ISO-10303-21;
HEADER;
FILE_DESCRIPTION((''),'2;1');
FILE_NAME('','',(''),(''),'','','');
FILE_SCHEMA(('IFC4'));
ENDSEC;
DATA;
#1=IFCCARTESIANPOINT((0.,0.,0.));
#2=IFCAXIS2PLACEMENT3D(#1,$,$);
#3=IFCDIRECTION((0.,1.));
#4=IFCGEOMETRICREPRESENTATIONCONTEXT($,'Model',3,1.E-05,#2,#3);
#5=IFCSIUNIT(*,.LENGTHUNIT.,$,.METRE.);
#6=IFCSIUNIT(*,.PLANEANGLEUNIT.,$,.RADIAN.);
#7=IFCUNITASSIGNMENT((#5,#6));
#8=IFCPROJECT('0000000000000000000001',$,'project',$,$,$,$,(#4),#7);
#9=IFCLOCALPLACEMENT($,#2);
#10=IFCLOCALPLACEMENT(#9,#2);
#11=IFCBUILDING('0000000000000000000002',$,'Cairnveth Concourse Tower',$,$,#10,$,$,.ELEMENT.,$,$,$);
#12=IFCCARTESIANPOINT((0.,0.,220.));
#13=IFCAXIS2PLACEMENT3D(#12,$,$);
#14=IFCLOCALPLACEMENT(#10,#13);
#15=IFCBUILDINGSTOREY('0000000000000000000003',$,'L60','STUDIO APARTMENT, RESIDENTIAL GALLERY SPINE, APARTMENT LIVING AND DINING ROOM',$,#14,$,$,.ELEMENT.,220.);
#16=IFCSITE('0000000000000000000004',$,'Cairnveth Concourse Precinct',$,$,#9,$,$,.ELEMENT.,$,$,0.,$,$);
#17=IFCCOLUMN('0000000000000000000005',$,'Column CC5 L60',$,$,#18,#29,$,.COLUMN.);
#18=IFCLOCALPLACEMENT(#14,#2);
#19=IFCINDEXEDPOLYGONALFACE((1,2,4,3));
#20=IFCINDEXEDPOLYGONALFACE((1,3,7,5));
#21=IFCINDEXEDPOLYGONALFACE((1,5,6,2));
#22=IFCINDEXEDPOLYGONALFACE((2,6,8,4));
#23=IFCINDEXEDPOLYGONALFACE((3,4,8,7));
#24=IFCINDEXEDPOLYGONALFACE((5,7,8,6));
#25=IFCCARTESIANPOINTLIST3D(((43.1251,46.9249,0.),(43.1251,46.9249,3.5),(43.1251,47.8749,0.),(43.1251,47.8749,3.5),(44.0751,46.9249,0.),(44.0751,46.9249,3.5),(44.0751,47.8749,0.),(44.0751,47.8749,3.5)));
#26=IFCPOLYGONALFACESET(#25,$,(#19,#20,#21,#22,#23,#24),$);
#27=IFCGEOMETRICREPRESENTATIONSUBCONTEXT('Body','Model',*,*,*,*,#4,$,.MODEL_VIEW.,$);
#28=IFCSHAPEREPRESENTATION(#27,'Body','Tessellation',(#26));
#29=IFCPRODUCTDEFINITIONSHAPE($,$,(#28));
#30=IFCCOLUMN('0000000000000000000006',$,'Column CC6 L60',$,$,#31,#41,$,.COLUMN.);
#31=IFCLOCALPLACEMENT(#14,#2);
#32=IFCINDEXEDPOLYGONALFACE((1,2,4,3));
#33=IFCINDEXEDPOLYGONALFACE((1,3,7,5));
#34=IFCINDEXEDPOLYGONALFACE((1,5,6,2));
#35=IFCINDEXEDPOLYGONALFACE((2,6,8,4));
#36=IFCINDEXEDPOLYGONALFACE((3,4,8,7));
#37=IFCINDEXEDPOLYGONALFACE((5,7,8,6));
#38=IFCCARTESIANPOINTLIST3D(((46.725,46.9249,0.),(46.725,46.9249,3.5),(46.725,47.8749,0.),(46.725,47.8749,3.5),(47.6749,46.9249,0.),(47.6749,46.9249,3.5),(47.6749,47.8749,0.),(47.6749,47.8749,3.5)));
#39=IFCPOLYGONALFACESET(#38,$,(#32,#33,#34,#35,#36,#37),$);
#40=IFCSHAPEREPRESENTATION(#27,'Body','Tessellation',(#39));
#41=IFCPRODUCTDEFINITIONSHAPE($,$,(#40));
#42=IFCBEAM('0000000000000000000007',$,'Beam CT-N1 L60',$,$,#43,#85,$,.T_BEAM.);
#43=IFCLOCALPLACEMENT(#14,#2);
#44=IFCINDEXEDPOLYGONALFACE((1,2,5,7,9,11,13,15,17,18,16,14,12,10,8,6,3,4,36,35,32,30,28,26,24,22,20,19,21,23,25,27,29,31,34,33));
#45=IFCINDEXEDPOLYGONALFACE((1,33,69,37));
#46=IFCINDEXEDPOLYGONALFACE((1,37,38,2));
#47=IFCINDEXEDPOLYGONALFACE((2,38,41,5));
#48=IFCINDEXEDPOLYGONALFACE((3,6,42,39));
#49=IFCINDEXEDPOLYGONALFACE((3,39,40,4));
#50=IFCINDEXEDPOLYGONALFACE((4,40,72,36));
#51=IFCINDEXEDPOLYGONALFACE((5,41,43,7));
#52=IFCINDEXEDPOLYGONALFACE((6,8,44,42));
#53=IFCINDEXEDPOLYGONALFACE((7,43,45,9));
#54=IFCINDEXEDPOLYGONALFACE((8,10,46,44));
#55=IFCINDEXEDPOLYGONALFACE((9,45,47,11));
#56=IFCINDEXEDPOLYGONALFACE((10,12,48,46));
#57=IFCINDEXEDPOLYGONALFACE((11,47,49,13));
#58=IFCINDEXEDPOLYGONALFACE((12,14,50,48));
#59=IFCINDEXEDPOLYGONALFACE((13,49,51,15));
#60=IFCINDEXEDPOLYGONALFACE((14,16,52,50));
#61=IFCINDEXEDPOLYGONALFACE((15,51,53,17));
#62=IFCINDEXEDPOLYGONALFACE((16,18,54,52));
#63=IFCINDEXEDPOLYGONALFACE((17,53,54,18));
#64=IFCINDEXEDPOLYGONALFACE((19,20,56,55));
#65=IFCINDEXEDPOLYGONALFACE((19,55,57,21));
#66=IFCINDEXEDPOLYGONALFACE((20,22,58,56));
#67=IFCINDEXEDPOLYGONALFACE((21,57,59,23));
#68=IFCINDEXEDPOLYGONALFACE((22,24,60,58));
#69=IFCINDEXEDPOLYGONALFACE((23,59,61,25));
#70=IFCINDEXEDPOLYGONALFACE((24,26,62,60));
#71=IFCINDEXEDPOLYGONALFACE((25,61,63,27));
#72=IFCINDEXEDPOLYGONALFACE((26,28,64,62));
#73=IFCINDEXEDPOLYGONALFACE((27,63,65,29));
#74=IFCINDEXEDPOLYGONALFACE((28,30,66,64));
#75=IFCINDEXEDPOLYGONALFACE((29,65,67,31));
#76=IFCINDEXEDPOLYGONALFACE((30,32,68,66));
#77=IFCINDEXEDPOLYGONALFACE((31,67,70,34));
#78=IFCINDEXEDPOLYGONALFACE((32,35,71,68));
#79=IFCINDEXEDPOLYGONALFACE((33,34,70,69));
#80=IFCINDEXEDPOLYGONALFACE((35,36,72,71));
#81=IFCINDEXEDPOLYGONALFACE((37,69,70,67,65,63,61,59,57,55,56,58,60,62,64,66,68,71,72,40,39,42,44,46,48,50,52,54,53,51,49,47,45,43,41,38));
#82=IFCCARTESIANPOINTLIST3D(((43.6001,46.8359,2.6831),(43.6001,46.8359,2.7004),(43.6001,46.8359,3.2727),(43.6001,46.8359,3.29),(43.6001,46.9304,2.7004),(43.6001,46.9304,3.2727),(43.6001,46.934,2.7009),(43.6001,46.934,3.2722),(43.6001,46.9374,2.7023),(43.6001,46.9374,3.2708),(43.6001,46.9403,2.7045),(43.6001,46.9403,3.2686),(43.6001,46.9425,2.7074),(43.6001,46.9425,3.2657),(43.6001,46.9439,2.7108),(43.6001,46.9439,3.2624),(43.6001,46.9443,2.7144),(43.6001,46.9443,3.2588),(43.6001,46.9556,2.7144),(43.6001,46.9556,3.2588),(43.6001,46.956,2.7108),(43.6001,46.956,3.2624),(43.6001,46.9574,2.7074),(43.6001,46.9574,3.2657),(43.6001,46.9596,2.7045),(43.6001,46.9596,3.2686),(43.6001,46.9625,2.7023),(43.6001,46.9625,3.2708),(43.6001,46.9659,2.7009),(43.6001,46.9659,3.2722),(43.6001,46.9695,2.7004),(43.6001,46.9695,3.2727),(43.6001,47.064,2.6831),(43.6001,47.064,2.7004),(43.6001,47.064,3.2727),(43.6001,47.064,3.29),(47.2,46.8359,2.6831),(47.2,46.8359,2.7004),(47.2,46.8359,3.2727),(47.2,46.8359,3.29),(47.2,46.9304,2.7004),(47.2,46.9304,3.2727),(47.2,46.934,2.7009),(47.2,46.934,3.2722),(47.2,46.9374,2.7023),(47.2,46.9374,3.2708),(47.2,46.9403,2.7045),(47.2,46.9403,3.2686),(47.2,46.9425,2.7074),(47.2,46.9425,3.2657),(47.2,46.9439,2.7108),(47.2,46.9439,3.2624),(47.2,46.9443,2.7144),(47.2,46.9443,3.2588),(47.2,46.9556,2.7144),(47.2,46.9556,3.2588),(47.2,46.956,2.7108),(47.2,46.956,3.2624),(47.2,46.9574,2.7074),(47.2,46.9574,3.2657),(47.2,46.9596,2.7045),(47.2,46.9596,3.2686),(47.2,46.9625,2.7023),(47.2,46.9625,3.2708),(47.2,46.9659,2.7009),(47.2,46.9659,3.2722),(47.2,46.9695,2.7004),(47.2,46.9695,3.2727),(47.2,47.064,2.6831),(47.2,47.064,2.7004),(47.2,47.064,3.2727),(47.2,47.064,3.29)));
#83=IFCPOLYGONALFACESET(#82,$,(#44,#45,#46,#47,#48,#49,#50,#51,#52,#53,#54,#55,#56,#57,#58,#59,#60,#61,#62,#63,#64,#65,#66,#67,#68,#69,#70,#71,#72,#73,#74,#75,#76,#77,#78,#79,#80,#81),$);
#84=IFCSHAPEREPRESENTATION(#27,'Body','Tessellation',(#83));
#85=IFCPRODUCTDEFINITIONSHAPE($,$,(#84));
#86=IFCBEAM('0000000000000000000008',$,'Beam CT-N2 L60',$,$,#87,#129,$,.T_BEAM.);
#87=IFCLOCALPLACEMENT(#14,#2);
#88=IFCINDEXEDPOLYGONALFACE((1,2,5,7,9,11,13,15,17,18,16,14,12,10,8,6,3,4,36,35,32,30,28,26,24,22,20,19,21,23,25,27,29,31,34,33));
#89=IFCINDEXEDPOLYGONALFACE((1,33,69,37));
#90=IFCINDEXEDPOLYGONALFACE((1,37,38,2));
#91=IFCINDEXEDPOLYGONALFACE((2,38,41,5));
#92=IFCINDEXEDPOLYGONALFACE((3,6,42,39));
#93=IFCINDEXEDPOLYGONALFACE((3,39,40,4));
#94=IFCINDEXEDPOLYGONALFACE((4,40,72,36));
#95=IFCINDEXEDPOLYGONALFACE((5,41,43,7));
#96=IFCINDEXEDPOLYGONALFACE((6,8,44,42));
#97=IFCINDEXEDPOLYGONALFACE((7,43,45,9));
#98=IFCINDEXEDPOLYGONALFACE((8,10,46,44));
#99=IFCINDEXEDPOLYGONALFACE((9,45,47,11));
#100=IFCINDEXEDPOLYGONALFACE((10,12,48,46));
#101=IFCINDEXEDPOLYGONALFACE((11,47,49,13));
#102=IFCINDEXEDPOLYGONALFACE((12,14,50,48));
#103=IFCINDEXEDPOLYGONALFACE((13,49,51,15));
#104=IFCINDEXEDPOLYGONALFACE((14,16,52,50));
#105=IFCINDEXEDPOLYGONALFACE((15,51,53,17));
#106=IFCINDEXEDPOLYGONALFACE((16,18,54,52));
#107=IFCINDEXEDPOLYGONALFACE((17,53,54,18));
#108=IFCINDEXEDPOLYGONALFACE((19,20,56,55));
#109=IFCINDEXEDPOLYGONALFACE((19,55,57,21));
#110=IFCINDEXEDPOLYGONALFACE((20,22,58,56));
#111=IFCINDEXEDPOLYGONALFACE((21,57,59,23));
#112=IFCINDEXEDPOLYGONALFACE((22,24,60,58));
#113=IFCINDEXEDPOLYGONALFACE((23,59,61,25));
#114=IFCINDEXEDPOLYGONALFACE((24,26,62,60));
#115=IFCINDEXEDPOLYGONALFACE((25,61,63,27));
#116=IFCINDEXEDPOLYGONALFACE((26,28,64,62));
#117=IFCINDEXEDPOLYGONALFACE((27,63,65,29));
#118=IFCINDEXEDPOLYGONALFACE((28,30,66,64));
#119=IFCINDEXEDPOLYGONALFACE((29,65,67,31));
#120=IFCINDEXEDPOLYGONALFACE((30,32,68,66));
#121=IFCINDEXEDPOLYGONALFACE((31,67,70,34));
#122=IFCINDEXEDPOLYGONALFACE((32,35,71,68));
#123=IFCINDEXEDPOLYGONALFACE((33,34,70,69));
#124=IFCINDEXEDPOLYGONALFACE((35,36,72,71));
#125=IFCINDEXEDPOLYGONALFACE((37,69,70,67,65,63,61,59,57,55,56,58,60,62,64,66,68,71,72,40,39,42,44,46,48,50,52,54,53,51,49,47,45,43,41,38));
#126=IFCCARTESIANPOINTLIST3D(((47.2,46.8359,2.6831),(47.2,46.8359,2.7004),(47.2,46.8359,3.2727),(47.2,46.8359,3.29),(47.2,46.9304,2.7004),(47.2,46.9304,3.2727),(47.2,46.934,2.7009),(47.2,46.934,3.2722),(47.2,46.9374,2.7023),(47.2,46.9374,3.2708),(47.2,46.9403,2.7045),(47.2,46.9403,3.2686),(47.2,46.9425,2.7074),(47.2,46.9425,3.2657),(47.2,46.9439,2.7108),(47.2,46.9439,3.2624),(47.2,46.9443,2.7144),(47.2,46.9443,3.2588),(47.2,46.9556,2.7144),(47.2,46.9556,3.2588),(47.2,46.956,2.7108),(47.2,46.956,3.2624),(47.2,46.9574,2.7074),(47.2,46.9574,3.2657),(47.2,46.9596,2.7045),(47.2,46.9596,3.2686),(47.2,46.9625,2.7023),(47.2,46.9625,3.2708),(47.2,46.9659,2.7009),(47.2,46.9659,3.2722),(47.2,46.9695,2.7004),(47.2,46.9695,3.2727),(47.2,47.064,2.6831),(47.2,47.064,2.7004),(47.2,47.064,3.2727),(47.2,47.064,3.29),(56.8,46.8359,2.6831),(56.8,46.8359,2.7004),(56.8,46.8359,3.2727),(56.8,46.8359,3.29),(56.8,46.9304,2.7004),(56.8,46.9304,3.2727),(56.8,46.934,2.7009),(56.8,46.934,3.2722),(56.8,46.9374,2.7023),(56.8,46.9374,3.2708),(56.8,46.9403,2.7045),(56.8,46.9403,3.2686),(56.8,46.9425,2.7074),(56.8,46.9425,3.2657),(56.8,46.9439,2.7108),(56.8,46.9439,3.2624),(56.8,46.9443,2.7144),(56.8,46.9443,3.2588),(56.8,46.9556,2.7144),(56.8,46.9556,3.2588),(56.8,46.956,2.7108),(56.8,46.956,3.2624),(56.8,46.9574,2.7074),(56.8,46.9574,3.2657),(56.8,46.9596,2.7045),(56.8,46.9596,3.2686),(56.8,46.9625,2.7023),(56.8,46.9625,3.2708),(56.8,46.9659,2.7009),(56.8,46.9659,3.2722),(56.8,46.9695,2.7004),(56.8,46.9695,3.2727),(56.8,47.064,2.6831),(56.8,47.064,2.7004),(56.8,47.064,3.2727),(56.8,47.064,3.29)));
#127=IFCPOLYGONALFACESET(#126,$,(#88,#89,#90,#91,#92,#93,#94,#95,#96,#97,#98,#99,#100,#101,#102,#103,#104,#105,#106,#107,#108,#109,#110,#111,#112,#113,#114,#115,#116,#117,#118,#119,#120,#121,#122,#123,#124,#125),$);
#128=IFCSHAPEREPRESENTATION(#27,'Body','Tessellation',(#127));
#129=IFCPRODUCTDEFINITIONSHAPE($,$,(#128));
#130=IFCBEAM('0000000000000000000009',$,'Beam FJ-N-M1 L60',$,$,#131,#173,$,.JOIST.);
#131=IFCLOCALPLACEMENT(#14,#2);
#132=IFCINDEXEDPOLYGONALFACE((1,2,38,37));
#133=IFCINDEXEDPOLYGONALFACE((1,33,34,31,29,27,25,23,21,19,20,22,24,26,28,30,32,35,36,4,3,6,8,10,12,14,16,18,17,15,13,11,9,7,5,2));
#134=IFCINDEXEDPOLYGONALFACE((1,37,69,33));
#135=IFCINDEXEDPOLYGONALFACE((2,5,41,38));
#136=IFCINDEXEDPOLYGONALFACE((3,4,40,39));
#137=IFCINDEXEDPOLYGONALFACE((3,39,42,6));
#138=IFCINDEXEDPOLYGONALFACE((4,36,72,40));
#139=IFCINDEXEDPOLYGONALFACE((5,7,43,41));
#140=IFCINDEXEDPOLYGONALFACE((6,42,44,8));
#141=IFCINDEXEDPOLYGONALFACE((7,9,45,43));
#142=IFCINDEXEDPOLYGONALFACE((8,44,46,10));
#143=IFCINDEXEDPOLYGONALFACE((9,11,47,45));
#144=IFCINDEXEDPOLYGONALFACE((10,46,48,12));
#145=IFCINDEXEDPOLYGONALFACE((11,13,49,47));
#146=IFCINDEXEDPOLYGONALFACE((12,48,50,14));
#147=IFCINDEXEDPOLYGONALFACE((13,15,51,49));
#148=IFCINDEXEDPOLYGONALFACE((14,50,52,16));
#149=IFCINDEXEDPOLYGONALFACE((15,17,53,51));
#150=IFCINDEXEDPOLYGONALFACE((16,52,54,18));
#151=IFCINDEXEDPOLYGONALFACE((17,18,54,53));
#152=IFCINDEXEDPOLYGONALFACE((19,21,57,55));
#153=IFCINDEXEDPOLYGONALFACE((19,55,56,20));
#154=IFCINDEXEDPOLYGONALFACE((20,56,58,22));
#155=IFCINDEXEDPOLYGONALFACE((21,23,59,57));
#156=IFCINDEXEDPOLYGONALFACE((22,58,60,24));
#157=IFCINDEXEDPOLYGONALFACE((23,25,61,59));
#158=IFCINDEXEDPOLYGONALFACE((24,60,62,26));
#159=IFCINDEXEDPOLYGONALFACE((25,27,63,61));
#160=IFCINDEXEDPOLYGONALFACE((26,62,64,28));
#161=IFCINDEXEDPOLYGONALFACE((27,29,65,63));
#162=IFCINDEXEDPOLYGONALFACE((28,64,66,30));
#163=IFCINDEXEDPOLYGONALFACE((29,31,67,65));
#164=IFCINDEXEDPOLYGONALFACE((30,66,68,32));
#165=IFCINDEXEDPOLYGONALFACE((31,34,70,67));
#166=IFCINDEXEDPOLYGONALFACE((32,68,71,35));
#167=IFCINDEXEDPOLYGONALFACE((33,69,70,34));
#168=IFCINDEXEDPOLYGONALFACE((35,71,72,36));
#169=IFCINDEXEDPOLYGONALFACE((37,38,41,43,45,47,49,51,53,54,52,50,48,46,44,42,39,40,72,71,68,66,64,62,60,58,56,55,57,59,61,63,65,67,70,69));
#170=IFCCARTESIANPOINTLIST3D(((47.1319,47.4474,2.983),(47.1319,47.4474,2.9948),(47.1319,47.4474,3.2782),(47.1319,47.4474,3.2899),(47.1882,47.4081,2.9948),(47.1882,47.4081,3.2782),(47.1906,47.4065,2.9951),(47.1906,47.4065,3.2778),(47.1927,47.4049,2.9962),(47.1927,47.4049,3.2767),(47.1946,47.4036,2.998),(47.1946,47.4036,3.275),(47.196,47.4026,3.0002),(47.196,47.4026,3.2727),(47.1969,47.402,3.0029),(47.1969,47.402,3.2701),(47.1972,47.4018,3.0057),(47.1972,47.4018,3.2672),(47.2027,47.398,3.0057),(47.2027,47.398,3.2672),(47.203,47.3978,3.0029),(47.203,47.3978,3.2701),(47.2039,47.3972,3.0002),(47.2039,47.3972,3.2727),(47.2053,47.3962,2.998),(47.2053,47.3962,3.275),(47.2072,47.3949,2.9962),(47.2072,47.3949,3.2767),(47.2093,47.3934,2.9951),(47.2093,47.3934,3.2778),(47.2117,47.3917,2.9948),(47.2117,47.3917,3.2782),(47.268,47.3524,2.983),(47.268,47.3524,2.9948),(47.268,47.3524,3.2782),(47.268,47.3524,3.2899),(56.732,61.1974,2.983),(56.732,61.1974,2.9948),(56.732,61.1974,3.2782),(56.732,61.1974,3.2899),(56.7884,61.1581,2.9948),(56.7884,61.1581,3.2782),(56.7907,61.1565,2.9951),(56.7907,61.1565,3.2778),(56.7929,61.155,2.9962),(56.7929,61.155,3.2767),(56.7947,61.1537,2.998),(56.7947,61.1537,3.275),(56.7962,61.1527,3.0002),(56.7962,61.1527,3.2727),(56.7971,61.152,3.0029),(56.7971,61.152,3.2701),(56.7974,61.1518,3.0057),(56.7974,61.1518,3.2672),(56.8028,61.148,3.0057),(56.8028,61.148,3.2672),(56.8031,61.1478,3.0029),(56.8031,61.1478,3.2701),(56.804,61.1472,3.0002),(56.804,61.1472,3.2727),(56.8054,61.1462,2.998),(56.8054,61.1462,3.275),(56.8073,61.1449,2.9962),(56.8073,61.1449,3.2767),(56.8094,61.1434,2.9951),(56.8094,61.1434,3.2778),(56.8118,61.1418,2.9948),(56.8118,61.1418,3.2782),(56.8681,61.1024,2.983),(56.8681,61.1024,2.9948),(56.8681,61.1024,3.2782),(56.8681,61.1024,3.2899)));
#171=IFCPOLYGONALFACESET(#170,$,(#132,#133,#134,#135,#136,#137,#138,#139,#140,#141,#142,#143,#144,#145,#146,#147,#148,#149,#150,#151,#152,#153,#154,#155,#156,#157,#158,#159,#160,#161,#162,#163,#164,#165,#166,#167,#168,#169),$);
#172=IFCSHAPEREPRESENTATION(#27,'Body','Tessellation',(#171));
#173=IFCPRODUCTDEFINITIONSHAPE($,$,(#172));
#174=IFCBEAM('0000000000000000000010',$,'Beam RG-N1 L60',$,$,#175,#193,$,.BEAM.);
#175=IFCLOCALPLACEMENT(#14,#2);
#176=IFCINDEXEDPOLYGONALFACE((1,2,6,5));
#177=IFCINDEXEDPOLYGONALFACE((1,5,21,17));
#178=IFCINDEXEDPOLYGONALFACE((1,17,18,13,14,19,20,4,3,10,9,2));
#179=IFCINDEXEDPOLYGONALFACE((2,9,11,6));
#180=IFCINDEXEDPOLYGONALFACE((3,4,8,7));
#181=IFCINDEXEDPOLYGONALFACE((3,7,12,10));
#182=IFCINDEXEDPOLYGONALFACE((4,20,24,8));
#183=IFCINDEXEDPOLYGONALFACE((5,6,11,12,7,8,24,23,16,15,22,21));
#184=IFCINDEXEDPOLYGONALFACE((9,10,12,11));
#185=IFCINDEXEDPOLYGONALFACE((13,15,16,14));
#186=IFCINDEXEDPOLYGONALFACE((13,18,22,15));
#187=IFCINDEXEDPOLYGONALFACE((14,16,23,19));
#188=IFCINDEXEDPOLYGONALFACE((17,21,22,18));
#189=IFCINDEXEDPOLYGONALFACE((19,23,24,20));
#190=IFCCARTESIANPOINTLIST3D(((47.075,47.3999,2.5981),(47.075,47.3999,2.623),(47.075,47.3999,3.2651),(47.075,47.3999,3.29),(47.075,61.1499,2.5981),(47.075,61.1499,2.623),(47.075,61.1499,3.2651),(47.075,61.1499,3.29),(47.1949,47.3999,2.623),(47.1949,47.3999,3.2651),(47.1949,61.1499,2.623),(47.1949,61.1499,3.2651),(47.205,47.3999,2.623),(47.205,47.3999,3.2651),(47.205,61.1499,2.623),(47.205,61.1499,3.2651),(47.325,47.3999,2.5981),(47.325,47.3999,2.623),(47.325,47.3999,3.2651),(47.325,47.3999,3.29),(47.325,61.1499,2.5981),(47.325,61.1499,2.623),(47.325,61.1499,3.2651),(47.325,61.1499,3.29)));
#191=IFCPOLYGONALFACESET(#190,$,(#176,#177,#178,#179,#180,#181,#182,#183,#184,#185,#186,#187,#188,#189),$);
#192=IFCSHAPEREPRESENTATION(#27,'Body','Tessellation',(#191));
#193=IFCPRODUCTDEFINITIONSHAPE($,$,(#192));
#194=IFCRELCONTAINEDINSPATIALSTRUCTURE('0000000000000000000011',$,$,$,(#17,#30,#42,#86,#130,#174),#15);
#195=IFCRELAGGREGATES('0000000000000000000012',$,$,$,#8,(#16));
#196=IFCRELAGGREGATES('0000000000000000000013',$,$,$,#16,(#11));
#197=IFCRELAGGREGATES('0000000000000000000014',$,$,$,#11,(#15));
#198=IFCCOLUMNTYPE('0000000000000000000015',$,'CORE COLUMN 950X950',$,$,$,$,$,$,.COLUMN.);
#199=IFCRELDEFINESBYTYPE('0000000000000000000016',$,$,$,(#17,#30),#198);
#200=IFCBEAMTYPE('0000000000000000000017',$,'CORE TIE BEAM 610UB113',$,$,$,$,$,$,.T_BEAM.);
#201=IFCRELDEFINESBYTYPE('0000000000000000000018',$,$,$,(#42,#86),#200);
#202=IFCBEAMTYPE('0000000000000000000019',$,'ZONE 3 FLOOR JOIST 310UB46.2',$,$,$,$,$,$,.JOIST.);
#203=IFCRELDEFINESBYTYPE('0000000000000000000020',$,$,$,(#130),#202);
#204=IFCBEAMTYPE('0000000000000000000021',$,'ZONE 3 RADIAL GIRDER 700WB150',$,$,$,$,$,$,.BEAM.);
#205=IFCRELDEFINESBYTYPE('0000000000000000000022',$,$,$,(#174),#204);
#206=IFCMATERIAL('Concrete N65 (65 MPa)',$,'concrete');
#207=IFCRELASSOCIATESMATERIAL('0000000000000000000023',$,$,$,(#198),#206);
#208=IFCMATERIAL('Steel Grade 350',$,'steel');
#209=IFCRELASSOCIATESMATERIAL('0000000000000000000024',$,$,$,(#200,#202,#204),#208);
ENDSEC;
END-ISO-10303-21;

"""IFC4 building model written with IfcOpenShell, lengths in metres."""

from ifc_helpers import new_model, si_unit, direction, frame, origin, origin_2d, place, context, subcontext, project, spatial, rectangle, i_section, extrude, material, material_profile, profile_set, type_object, element, save


model = new_model("IFC4")

# Units and contexts
model_context = context("Model", 3, precision=1e-05, world=origin(), true_north=direction((0.0, 1.0)))
body_context = subcontext(model_context, "Body", "Model", "MODEL_VIEW")
ifc_project = project(units=[si_unit("LENGTHUNIT", "METRE"), si_unit("PLANEANGLEUNIT", "RADIAN")], contexts=[model_context])

# Site, building, storey
site_placement = place(None, origin())
site = spatial("IfcSite", under=ifc_project, at=site_placement, Name="Cairnveth Concourse Precinct", CompositionType="ELEMENT", RefElevation=0.0)
building_placement = place(site_placement, origin())
building = spatial("IfcBuilding", under=site, at=building_placement, Name="Cairnveth Concourse Tower", CompositionType="ELEMENT")
storey_placement = place(building_placement, frame((0.0, 0.0, 220.0)))
storey = spatial("IfcBuildingStorey", under=building, at=storey_placement, Name="L60", Description="STUDIO APARTMENT, RESIDENTIAL GALLERY SPINE, APARTMENT LIVING AND DINING ROOM", CompositionType="ELEMENT", Elevation=220.0)

# Columns
ifc_material_1 = material(Name="Concrete N65 (65 MPa)", Category="concrete")
ifc_material_profile_1 = material_profile(ifc_material_1, rectangle(XDim=0.95, YDim=0.95, at=origin_2d()), Name="RC-COL-950x950")
ifc_profile_set_1 = profile_set([ifc_material_profile_1], Name="Concrete N65 (65 MPa)")
column_type = type_object("IfcColumnType", Name="CORE COLUMN 950X950", PredefinedType="COLUMN", material=ifc_profile_set_1)
for number, where, z_axis, x_axis, name in (
    (1, (43.6001, 47.3999, 0.0), (0.0, 0.0, 1.0), (1.0, 0.0, 0.0), "Column CC5 L60"),
    (2, (47.2, 47.3999, 0.0), (0.0, 0.0, 1.0), (1.0, 0.0, 0.0), "Column CC6 L60"),
):
    element("IfcColumn", number, at=place(storey_placement, frame(where, z_axis=z_axis, x_axis=x_axis)), inside=storey, type_object=column_type, Name=name, PredefinedType="COLUMN", context=body_context, shape_type="SweptSolid", body=[
        extrude(rectangle(XDim=0.95, YDim=0.95, at=origin_2d()), origin(), (0.0, 0.0, 1.0), 3.5),
    ])

# Beams
ifc_material_2 = material(Name="Steel Grade 350", Category="steel")
ifc_material_profile_2 = material_profile(ifc_material_2, i_section(OverallWidth=0.228, OverallDepth=0.6069, WebThickness=0.0112, FlangeThickness=0.0173, FilletRadius=0.0139, at=origin_2d()), Name="610UB113")
ifc_profile_set_2 = profile_set([ifc_material_profile_2], Name="Steel Grade 350")
beam_type_1 = type_object("IfcBeamType", Name="CORE TIE BEAM 610UB113", PredefinedType="T_BEAM", material=ifc_profile_set_2)
beam_1_placement = place(storey_placement, frame((43.6001, 46.95, 2.9866), z_axis=(1.0, 0.0, 0.0), x_axis=(0.0, 1.0, 0.0)))
element("IfcBeam", 3, at=beam_1_placement, inside=storey, type_object=beam_type_1, Name="Beam CT-N1 L60", PredefinedType="T_BEAM", context=body_context, shape_type="SweptSolid", body=[
    extrude(i_section(OverallWidth=0.228, OverallDepth=0.6069, WebThickness=0.0112, FlangeThickness=0.0173, FilletRadius=0.0139, at=origin_2d()), origin(), (0.0, 0.0, 1.0), 3.5999),
])
beam_2_placement = place(storey_placement, frame((47.2, 46.95, 2.9866), z_axis=(1.0, 0.0, 0.0), x_axis=(0.0, 1.0, 0.0)))
element("IfcBeam", 4, at=beam_2_placement, inside=storey, type_object=beam_type_1, Name="Beam CT-N2 L60", PredefinedType="T_BEAM", context=body_context, shape_type="SweptSolid", body=[
    extrude(i_section(OverallWidth=0.228, OverallDepth=0.6069, WebThickness=0.0112, FlangeThickness=0.0173, FilletRadius=0.0139, at=origin_2d()), origin(), (0.0, 0.0, 1.0), 9.6001),
])
ifc_material_profile_3 = material_profile(ifc_material_2, i_section(OverallWidth=0.166, OverallDepth=0.3069, WebThickness=0.0066, FlangeThickness=0.0117, FilletRadius=0.011, at=origin_2d()), Name="310UB46.2")
ifc_profile_set_3 = profile_set([ifc_material_profile_3], Name="Steel Grade 350")
beam_type_2 = type_object("IfcBeamType", Name="ZONE 3 FLOOR JOIST 310UB46.2", PredefinedType="JOIST", material=ifc_profile_set_3)
beam_3_placement = place(storey_placement, frame((47.2, 47.3999, 3.1365), z_axis=(0.572465, 0.819929, 0.0), x_axis=(-0.819929, 0.572465, 0.0)))
element("IfcBeam", 5, at=beam_3_placement, inside=storey, type_object=beam_type_2, Name="Beam FJ-N-M1 L60", PredefinedType="JOIST", context=body_context, shape_type="SweptSolid", body=[
    extrude(i_section(OverallWidth=0.166, OverallDepth=0.3069, WebThickness=0.0066, FlangeThickness=0.0117, FilletRadius=0.011, at=origin_2d()), origin(), (0.0, 0.0, 1.0), 16.7698),
])
ifc_material_profile_4 = material_profile(ifc_material_2, i_section(OverallWidth=0.25, OverallDepth=0.6919, WebThickness=0.01, FlangeThickness=0.0249, at=origin_2d()), Name="700WB150")
ifc_profile_set_4 = profile_set([ifc_material_profile_4], Name="Steel Grade 350")
beam_type_3 = type_object("IfcBeamType", Name="ZONE 3 RADIAL GIRDER 700WB150", PredefinedType="BEAM", material=ifc_profile_set_4)
beam_4_placement = place(storey_placement, frame((47.2, 47.3999, 2.9441), z_axis=(0.0, 1.0, 0.0), x_axis=(-1.0, 0.0, 0.0)))
element("IfcBeam", 6, at=beam_4_placement, inside=storey, type_object=beam_type_3, Name="Beam RG-N1 L60", PredefinedType="BEAM", context=body_context, shape_type="SweptSolid", body=[
    extrude(i_section(OverallWidth=0.25, OverallDepth=0.6919, WebThickness=0.01, FlangeThickness=0.0249, at=origin_2d()), origin(), (0.0, 0.0, 1.0), 13.75),
])

save(model, "model.ifc")
